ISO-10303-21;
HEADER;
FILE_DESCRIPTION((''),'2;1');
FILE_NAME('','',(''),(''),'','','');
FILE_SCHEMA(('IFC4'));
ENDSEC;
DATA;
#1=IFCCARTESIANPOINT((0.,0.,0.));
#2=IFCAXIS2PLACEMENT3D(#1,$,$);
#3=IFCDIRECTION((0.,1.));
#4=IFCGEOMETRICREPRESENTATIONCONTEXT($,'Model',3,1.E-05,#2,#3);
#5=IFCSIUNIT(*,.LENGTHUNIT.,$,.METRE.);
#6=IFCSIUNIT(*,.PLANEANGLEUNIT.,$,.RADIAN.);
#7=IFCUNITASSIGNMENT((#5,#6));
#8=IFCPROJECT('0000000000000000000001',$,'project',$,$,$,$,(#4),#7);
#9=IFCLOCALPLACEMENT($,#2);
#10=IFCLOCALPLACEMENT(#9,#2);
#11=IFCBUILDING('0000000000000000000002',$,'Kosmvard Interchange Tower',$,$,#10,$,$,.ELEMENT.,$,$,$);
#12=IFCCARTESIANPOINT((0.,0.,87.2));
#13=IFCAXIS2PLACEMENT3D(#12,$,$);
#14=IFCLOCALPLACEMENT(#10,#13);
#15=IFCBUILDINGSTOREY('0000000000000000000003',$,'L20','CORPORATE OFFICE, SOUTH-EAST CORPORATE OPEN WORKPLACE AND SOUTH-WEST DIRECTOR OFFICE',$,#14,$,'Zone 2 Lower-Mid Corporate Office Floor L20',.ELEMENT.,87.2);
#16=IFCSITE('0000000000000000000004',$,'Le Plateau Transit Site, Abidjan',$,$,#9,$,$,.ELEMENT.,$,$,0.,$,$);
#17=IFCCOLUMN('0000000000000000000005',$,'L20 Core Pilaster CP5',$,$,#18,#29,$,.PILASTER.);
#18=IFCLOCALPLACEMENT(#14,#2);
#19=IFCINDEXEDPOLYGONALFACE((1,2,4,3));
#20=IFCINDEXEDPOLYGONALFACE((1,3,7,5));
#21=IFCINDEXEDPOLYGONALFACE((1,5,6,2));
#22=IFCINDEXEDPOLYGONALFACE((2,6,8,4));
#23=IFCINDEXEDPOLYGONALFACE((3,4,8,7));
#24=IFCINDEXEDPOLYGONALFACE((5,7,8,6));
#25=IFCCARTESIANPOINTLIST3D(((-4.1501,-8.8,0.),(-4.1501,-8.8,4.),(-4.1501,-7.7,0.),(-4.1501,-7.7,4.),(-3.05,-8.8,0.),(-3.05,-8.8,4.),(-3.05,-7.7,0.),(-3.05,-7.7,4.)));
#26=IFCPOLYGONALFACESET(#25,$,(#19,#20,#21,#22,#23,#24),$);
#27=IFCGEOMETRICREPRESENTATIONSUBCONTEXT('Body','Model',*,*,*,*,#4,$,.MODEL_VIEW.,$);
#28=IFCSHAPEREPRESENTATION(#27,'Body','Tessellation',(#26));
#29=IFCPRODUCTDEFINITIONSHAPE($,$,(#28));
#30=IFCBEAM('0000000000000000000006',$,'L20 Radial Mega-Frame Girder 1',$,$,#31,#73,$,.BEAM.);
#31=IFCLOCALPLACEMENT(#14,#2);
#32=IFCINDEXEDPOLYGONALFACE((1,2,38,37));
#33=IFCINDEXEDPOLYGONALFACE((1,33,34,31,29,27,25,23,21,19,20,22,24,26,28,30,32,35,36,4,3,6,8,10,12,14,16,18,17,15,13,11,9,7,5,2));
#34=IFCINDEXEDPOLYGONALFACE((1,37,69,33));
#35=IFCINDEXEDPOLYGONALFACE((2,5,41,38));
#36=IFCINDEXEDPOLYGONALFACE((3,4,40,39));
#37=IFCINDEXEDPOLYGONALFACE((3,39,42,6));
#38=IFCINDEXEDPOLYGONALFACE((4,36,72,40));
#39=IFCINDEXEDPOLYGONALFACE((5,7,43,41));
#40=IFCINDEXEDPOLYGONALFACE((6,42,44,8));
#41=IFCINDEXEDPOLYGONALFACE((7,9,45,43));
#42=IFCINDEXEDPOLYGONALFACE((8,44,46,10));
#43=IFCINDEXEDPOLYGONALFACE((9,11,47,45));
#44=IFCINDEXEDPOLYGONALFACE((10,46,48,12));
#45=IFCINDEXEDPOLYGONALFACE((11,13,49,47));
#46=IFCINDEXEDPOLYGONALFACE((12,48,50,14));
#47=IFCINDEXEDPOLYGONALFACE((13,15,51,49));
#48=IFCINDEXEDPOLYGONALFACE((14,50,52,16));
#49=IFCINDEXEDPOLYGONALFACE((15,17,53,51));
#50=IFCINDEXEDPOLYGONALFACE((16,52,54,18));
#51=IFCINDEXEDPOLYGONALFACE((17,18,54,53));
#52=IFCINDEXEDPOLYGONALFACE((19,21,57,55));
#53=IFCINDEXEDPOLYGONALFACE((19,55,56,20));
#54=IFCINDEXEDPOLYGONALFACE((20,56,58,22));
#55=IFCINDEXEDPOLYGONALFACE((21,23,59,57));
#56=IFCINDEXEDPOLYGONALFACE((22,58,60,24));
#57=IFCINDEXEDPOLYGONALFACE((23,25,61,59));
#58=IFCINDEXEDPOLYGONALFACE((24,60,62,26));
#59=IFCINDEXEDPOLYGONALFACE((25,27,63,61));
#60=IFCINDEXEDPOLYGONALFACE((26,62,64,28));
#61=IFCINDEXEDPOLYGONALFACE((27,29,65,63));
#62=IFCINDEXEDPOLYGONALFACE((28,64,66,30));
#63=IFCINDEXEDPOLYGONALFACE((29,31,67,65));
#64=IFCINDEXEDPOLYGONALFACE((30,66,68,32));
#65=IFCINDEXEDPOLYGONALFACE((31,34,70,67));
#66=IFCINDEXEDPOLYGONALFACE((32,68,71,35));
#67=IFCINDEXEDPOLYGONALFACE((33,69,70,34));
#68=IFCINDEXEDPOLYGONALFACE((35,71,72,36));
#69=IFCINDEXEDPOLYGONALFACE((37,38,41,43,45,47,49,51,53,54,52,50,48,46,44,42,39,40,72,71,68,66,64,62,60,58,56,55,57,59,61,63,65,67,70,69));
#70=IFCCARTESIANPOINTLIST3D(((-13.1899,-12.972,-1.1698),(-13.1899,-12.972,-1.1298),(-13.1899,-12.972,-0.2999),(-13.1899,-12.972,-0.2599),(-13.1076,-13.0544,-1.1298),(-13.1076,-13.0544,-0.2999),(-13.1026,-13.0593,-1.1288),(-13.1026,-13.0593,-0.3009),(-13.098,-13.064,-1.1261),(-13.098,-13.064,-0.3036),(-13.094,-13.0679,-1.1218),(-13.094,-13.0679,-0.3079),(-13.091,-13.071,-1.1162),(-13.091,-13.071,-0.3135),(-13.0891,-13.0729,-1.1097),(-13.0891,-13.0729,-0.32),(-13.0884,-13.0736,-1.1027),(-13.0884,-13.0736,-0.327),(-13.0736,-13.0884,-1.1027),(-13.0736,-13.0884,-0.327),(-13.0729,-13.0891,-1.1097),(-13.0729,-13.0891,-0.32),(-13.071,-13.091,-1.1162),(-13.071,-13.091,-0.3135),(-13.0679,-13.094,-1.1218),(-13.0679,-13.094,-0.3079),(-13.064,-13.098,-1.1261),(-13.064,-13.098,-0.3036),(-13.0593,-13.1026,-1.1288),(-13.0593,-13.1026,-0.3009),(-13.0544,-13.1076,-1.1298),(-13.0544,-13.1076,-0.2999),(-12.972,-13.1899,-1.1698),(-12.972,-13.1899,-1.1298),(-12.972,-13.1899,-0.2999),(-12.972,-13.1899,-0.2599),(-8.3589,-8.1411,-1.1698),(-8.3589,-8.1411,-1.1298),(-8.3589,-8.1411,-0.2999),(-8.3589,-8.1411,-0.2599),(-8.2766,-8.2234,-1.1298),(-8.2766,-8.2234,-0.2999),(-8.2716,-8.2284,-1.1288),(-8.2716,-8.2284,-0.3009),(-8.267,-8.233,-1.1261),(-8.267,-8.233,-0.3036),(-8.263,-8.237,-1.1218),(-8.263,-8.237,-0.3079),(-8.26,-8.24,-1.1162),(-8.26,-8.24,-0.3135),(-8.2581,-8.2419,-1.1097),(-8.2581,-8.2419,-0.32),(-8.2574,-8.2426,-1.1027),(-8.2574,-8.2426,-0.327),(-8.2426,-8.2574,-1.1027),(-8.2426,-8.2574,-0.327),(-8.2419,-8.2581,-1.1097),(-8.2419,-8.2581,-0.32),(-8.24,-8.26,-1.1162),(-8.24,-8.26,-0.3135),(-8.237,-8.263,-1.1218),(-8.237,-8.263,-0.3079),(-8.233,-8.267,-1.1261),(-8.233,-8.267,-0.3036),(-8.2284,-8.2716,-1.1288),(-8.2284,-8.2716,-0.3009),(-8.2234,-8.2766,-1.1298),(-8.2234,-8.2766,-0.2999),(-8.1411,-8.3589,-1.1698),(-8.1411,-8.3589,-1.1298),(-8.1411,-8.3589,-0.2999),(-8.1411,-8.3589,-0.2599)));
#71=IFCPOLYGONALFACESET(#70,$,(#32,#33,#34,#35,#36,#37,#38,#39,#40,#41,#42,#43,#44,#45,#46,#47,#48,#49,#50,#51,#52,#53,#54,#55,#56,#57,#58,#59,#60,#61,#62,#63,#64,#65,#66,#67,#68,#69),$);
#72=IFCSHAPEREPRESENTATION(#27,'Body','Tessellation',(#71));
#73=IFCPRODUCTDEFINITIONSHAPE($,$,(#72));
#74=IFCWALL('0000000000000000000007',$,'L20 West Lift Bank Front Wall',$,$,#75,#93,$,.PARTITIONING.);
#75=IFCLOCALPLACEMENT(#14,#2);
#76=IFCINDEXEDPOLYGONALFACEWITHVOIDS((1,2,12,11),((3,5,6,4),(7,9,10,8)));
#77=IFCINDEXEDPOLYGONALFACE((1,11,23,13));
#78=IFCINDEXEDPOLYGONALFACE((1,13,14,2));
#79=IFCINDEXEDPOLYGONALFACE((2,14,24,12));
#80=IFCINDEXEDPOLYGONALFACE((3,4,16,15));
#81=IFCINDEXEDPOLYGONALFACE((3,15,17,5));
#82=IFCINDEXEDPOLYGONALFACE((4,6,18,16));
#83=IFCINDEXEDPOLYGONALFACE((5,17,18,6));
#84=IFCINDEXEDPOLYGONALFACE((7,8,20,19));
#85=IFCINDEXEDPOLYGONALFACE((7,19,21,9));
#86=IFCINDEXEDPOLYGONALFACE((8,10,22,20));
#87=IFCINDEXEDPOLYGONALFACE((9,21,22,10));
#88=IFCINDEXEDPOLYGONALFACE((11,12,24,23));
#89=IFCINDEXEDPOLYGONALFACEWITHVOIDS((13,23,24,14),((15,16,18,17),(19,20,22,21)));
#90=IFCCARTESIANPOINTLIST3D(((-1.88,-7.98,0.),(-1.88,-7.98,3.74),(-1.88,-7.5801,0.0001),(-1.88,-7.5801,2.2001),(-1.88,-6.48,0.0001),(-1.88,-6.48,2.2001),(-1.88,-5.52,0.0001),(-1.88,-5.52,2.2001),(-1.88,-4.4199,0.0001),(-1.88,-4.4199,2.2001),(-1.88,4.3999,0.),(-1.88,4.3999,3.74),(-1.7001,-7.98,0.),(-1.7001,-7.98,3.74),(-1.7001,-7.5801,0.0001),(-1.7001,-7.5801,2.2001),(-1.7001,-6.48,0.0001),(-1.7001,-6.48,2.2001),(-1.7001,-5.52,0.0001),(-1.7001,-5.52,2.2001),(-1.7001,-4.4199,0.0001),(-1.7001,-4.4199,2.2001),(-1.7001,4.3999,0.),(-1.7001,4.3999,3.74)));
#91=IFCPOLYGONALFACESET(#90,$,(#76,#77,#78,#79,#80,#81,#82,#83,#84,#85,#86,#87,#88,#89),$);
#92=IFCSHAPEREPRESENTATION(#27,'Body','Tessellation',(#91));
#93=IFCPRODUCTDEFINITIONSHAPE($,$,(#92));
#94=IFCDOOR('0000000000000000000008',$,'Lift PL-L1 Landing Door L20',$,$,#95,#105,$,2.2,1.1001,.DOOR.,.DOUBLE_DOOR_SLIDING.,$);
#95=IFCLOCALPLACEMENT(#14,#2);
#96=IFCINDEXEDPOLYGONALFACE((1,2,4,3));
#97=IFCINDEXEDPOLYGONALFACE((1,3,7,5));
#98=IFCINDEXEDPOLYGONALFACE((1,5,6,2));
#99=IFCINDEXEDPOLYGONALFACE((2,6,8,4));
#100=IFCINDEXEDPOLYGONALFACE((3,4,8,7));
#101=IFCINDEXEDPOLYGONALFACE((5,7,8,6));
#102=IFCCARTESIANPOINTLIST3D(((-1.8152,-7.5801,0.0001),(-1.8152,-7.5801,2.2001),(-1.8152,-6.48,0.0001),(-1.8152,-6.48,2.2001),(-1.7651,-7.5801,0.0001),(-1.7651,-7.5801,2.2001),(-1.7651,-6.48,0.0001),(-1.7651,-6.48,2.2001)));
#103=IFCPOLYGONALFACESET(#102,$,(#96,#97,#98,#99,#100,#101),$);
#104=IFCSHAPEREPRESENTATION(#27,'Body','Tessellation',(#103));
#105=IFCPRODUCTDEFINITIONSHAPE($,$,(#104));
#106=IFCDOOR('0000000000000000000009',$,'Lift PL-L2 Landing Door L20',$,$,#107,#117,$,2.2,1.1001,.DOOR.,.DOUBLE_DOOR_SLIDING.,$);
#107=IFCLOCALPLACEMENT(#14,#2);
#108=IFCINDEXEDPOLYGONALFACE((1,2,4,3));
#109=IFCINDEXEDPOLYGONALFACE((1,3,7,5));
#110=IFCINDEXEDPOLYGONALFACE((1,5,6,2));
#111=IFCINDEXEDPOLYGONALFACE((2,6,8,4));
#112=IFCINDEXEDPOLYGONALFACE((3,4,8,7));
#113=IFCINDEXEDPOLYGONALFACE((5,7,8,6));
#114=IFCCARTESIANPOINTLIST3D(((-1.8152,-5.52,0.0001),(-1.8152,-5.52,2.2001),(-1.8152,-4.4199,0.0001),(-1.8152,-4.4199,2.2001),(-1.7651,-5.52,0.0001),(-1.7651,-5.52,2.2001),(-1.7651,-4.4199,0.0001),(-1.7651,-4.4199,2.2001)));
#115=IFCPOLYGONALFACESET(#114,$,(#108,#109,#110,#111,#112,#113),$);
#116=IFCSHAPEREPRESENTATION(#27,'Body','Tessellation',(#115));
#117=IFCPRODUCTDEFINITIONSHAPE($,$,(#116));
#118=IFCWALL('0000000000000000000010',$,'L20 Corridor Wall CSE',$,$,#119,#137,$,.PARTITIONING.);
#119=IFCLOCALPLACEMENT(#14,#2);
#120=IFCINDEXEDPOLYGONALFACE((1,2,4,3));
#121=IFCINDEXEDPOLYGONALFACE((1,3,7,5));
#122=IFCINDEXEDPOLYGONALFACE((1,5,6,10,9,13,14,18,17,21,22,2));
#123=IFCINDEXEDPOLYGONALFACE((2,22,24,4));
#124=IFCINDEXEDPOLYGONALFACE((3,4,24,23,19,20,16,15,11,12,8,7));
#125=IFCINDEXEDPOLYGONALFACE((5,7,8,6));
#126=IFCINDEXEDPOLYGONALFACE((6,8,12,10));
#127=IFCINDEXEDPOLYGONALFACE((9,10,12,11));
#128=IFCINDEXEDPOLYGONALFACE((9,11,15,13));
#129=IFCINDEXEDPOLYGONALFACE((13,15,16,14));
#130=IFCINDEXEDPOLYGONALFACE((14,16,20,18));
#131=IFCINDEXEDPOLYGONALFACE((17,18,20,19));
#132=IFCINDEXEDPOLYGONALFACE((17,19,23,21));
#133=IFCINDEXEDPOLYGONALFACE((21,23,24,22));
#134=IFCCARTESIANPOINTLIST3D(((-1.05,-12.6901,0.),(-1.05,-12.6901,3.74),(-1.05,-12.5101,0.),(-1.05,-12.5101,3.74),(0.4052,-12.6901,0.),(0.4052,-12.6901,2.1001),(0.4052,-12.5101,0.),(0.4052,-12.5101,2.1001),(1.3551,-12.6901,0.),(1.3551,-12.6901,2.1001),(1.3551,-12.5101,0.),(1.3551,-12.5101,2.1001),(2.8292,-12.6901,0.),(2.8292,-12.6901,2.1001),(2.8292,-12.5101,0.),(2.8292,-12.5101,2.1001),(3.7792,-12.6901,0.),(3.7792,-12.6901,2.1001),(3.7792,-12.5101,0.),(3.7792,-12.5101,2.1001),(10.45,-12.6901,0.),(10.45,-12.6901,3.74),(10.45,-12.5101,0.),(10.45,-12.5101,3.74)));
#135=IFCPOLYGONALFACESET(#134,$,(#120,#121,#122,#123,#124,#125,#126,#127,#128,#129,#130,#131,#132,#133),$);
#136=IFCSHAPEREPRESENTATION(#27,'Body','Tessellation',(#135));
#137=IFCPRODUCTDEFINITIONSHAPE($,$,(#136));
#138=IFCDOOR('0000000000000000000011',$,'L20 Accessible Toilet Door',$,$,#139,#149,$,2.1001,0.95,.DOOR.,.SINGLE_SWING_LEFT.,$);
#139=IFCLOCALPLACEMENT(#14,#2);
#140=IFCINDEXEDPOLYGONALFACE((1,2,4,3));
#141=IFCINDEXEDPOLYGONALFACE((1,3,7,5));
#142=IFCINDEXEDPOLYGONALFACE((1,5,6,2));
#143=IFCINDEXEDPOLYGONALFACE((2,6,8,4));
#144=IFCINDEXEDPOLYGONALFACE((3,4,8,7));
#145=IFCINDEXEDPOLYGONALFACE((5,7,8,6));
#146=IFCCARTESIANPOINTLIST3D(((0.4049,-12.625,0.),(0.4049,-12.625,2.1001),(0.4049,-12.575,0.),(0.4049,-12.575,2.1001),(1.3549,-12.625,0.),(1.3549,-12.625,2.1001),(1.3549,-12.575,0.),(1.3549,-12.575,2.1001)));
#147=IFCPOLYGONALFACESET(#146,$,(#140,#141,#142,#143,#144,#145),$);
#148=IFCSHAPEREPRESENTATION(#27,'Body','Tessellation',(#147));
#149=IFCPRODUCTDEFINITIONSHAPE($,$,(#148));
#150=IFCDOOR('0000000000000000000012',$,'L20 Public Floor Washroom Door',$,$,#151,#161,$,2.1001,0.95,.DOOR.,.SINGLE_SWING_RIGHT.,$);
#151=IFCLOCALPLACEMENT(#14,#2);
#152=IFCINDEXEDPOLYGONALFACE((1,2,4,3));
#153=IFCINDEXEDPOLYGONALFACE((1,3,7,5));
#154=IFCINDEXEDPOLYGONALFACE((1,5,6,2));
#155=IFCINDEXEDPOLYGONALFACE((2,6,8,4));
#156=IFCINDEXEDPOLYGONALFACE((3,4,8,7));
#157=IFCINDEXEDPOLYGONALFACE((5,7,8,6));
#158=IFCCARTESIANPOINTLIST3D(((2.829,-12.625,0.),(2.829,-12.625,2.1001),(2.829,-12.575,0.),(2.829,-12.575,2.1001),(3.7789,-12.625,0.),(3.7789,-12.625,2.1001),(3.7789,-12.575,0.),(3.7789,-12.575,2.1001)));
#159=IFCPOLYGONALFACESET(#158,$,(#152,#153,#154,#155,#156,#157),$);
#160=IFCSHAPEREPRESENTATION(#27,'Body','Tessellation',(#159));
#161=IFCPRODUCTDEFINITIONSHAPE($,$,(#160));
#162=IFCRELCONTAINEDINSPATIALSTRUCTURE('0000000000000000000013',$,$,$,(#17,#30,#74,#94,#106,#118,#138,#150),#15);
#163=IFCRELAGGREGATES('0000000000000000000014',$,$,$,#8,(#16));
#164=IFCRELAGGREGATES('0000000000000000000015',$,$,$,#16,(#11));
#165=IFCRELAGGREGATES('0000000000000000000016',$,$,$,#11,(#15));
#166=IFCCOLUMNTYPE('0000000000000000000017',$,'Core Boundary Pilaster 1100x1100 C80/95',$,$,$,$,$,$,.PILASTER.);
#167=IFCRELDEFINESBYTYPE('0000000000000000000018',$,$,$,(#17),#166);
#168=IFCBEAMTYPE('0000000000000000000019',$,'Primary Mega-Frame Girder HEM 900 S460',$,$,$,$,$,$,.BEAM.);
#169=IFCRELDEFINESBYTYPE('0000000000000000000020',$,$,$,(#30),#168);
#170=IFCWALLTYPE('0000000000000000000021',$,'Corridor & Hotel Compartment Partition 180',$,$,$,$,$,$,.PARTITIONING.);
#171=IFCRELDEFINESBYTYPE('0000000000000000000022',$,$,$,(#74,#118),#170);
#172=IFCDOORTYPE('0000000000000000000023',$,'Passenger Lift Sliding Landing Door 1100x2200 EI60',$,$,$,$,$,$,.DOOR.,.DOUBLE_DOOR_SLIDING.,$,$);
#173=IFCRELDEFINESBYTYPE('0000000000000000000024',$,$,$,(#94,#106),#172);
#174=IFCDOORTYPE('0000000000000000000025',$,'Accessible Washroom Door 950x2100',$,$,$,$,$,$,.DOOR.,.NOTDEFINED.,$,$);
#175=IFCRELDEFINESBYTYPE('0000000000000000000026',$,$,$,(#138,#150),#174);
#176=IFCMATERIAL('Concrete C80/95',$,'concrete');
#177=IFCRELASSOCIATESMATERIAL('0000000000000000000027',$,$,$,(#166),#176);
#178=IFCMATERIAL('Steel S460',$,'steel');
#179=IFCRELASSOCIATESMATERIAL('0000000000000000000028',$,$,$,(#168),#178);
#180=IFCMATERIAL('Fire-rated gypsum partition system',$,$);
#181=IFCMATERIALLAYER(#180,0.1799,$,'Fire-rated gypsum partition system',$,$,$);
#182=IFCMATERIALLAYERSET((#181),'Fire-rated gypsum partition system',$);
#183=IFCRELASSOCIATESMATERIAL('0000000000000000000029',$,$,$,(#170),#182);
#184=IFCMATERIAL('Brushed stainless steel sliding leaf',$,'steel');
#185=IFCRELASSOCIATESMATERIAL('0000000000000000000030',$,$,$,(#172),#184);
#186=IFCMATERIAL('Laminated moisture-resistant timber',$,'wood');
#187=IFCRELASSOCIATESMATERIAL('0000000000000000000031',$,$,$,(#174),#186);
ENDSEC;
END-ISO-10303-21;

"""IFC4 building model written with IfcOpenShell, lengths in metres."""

from ifc_helpers import new_model, si_unit, direction, frame, frame_2d, origin, origin_2d, place, context, subcontext, project, spatial, rectangle, i_section, extrude, source, transform, mapped, material, layer, layer_set, material_profile, profile_set, type_object, element, fill, save


model = new_model("IFC4")

# Units and contexts
model_context = context("Model", 3, precision=1e-05, world=origin(), true_north=direction((0.0, 1.0)))
body_context = subcontext(model_context, "Body", "Model", "MODEL_VIEW")
ifc_project = project(units=[si_unit("LENGTHUNIT", "METRE"), si_unit("PLANEANGLEUNIT", "RADIAN")], contexts=[model_context])

# Site, building, storey
site_placement = place(None, origin())
site = spatial("IfcSite", under=ifc_project, at=site_placement, Name="Le Plateau Transit Site, Abidjan", CompositionType="ELEMENT", RefElevation=0.0)
building_placement = place(site_placement, origin())
building = spatial("IfcBuilding", under=site, at=building_placement, Name="Kosmvard Interchange Tower", CompositionType="ELEMENT")
storey_placement = place(building_placement, frame((0.0, 0.0, 87.2)))
storey = spatial("IfcBuildingStorey", under=building, at=storey_placement, Name="L20", Description="CORPORATE OFFICE, SOUTH-EAST CORPORATE OPEN WORKPLACE AND SOUTH-WEST DIRECTOR OFFICE", LongName="Zone 2 Lower-Mid Corporate Office Floor L20", CompositionType="ELEMENT", Elevation=87.2)

# Column
ifc_material_1 = material(Name="Concrete C80/95", Category="concrete")
ifc_material_profile_1 = material_profile(ifc_material_1, rectangle(XDim=1.1001, YDim=1.1001, at=origin_2d()), Name="CP 1100x1100")
ifc_profile_set_1 = profile_set([ifc_material_profile_1], Name="Concrete C80/95")
column_type = type_object("IfcColumnType", Name="Core Boundary Pilaster 1100x1100 C80/95", PredefinedType="PILASTER", material=ifc_profile_set_1)
shared_shape_1 = source(origin(), body_context, "Body", "SweptSolid", [
    extrude(rectangle(XDim=1.1001, YDim=1.1001, at=origin_2d()), origin(), (0.0, 0.0, 1.0), 4.0),
])
column_placement = place(storey_placement, frame((-3.6001, -8.25, 0.0), z_axis=(0.0, 0.0, 1.0), x_axis=(1.0, 0.0, 0.0)))
element("IfcColumn", 1, at=column_placement, inside=storey, type_object=column_type, Name="L20 Core Pilaster CP5", PredefinedType="PILASTER", context=body_context, shape_type="MappedRepresentation", body=[
    mapped(shared_shape_1, transform((0.0, 0.0, 0.0), scale=1.0)),
])

# Beam
ifc_material_2 = material(Name="Steel S460", Category="steel")
ifc_material_profile_2 = material_profile(ifc_material_2, i_section(OverallWidth=0.3081, OverallDepth=0.9099, WebThickness=0.021, FlangeThickness=0.04, FilletRadius=0.0271, at=origin_2d()), Name="HEM 900")
ifc_profile_set_2 = profile_set([ifc_material_profile_2], Name="Steel S460")
beam_type = type_object("IfcBeamType", Name="Primary Mega-Frame Girder HEM 900 S460", PredefinedType="BEAM", material=ifc_profile_set_2)
shared_shape_2 = source(origin(), body_context, "Body", "SweptSolid", [
    extrude(i_section(OverallWidth=0.3081, OverallDepth=0.9099, WebThickness=0.021, FlangeThickness=0.04, FilletRadius=0.0271, at=origin_2d()), origin(), (0.0, 0.0, 1.0), 6.832),
])
beam_placement = place(storey_placement, frame((-8.25, -8.25, -0.7148), z_axis=(-0.707107, -0.707107, 0.0), x_axis=(0.707107, -0.707107, 0.0)))
element("IfcBeam", 2, at=beam_placement, inside=storey, type_object=beam_type, Name="L20 Radial Mega-Frame Girder 1", PredefinedType="BEAM", context=body_context, shape_type="MappedRepresentation", body=[
    mapped(shared_shape_2, transform((0.0, 0.0, 0.0), scale=1.0)),
])

# Walls, openings, doors
ifc_material_3 = material(Name="Fire-rated gypsum partition system")
ifc_layer_1 = layer(ifc_material_3, 0.1799, Name="Fire-rated gypsum partition system")
ifc_layer_set_1 = layer_set([ifc_layer_1], Name="Fire-rated gypsum partition system")
wall_type_1 = type_object("IfcWallType", Name="Corridor & Hotel Compartment Partition 180", PredefinedType="PARTITIONING", material=ifc_layer_set_1)
wall_1_placement = place(storey_placement, frame((-1.79, -7.98, 0.0), z_axis=(0.0, 0.0, 1.0), x_axis=(0.0, 1.0, 0.0)))
wall_1 = element("IfcWall", 3, at=wall_1_placement, inside=storey, type_object=wall_type_1, Name="L20 West Lift Bank Front Wall", PredefinedType="PARTITIONING", context=body_context, shape_type="SweptSolid", body=[
    extrude(rectangle(XDim=12.3799, YDim=0.1799, at=frame_2d((6.1899, 0.0))), origin(), (0.0, 0.0, 1.0), 3.74),
])
opening_1_placement = place(wall_1_placement, frame((0.3999, 0.0, 0.0)))
opening_1 = element("IfcOpeningElement", 4, at=opening_1_placement, cuts=wall_1, PredefinedType="OPENING", context=body_context, shape_type="SweptSolid", body=[
    extrude(rectangle(XDim=1.1001, YDim=2.2, at=frame_2d((0.55, 1.1001))), frame((0.0, 0.1001, 0.0), z_axis=(0.0, -1.0, 0.0), x_axis=(1.0, 0.0, 0.0)), (0.0, 0.0, 1.0), 0.2),
])
opening_2_placement = place(wall_1_placement, frame((2.46, 0.0, 0.0)))
opening_2 = element("IfcOpeningElement", 5, at=opening_2_placement, cuts=wall_1, PredefinedType="OPENING", context=body_context, shape_type="SweptSolid", body=[
    extrude(rectangle(XDim=1.1001, YDim=2.2, at=frame_2d((0.55, 1.1001))), frame((0.0, 0.1001, 0.0), z_axis=(0.0, -1.0, 0.0), x_axis=(1.0, 0.0, 0.0)), (0.0, 0.0, 1.0), 0.2),
])
ifc_material_4 = material(Name="Brushed stainless steel sliding leaf", Category="steel")
door_type_1 = type_object("IfcDoorType", Name="Passenger Lift Sliding Landing Door 1100x2200 EI60", OperationType="DOUBLE_DOOR_SLIDING", PredefinedType="DOOR", material=ifc_material_4)
shared_shape_3 = source(origin(), body_context, "Body", "SweptSolid", [
    extrude(rectangle(XDim=1.1001, YDim=2.2, at=frame_2d((0.55, 1.1001))), frame((0.0, 0.0249, 0.0), z_axis=(0.0, -1.0, 0.0), x_axis=(1.0, 0.0, 0.0)), (0.0, 0.0, 1.0), 0.05),
])
door_1_placement = place(opening_1_placement, frame((1.1001, 0.0, 0.0), z_axis=(0.0, 0.0, 1.0), x_axis=(-1.0, 0.0, 0.0)))
door_1 = element("IfcDoor", 6, at=door_1_placement, inside=storey, type_object=door_type_1, Name="Lift PL-L1 Landing Door L20", OperationType="DOUBLE_DOOR_SLIDING", OverallHeight=2.2, OverallWidth=1.1001, PredefinedType="DOOR", context=body_context, shape_type="MappedRepresentation", body=[
    mapped(shared_shape_3, transform((0.0, 0.0, 0.0), scale=1.0)),
])
fill(opening_1, door_1)
door_2_placement = place(opening_2_placement, frame((1.1001, 0.0, 0.0), z_axis=(0.0, 0.0, 1.0), x_axis=(-1.0, 0.0, 0.0)))
door_2 = element("IfcDoor", 7, at=door_2_placement, inside=storey, type_object=door_type_1, Name="Lift PL-L2 Landing Door L20", OperationType="DOUBLE_DOOR_SLIDING", OverallHeight=2.2, OverallWidth=1.1001, PredefinedType="DOOR", context=body_context, shape_type="MappedRepresentation", body=[
    mapped(shared_shape_3, transform((0.0, 0.0, 0.0), scale=1.0)),
])
fill(opening_2, door_2)
wall_2_placement = place(storey_placement, frame((-1.05, -12.6001, 0.0), z_axis=(0.0, 0.0, 1.0), x_axis=(1.0, 0.0, 0.0)))
wall_2 = element("IfcWall", 8, at=wall_2_placement, inside=storey, type_object=wall_type_1, Name="L20 Corridor Wall CSE", PredefinedType="PARTITIONING", context=body_context, shape_type="SweptSolid", body=[
    extrude(rectangle(XDim=11.5, YDim=0.1799, at=frame_2d((5.75, 0.0))), origin(), (0.0, 0.0, 1.0), 3.74),
])
opening_3_placement = place(wall_2_placement, frame((1.4551, 0.0, 0.0)))
opening_3 = element("IfcOpeningElement", 9, at=opening_3_placement, cuts=wall_2, PredefinedType="OPENING", context=body_context, shape_type="SweptSolid", body=[
    extrude(rectangle(XDim=0.95, YDim=2.1001, at=frame_2d((0.4751, 1.05))), frame((0.0, 0.1001, 0.0), z_axis=(0.0, -1.0, 0.0), x_axis=(1.0, 0.0, 0.0)), (0.0, 0.0, 1.0), 0.2),
])
opening_4_placement = place(wall_2_placement, frame((3.8792, 0.0, 0.0)))
opening_4 = element("IfcOpeningElement", 10, at=opening_4_placement, cuts=wall_2, PredefinedType="OPENING", context=body_context, shape_type="SweptSolid", body=[
    extrude(rectangle(XDim=0.95, YDim=2.1001, at=frame_2d((0.4751, 1.05))), frame((0.0, 0.1001, 0.0), z_axis=(0.0, -1.0, 0.0), x_axis=(1.0, 0.0, 0.0)), (0.0, 0.0, 1.0), 0.2),
])
ifc_material_5 = material(Name="Laminated moisture-resistant timber", Category="wood")
door_type_2 = type_object("IfcDoorType", Name="Accessible Washroom Door 950x2100", OperationType="NOTDEFINED", PredefinedType="DOOR", material=ifc_material_5)
shared_shape_4 = source(origin(), body_context, "Body", "SweptSolid", [
    extrude(rectangle(XDim=0.95, YDim=2.1001, at=frame_2d((0.4751, 1.05))), frame((0.0, 0.0249, 0.0), z_axis=(0.0, -1.0, 0.0), x_axis=(1.0, 0.0, 0.0)), (0.0, 0.0, 1.0), 0.05),
])
door_3_placement = place(opening_3_placement, frame((0.95, 0.0, 0.0), z_axis=(0.0, 0.0, 1.0), x_axis=(-1.0, 0.0, 0.0)))
door_3 = element("IfcDoor", 11, at=door_3_placement, inside=storey, type_object=door_type_2, Name="L20 Accessible Toilet Door", OperationType="SINGLE_SWING_LEFT", OverallHeight=2.1001, OverallWidth=0.95, PredefinedType="DOOR", context=body_context, shape_type="MappedRepresentation", body=[
    mapped(shared_shape_4, transform((0.0, 0.0, 0.0), scale=1.0)),
])
fill(opening_3, door_3)
door_4_placement = place(opening_4_placement, frame((0.95, 0.0, 0.0), z_axis=(0.0, 0.0, 1.0), x_axis=(-1.0, 0.0, 0.0)))
door_4 = element("IfcDoor", 12, at=door_4_placement, inside=storey, type_object=door_type_2, Name="L20 Public Floor Washroom Door", OperationType="SINGLE_SWING_RIGHT", OverallHeight=2.1001, OverallWidth=0.95, PredefinedType="DOOR", context=body_context, shape_type="MappedRepresentation", body=[
    mapped(shared_shape_4, transform((0.0, 0.0, 0.0), scale=1.0)),
])
fill(opening_4, door_4)

save(model, "model.ifc")
